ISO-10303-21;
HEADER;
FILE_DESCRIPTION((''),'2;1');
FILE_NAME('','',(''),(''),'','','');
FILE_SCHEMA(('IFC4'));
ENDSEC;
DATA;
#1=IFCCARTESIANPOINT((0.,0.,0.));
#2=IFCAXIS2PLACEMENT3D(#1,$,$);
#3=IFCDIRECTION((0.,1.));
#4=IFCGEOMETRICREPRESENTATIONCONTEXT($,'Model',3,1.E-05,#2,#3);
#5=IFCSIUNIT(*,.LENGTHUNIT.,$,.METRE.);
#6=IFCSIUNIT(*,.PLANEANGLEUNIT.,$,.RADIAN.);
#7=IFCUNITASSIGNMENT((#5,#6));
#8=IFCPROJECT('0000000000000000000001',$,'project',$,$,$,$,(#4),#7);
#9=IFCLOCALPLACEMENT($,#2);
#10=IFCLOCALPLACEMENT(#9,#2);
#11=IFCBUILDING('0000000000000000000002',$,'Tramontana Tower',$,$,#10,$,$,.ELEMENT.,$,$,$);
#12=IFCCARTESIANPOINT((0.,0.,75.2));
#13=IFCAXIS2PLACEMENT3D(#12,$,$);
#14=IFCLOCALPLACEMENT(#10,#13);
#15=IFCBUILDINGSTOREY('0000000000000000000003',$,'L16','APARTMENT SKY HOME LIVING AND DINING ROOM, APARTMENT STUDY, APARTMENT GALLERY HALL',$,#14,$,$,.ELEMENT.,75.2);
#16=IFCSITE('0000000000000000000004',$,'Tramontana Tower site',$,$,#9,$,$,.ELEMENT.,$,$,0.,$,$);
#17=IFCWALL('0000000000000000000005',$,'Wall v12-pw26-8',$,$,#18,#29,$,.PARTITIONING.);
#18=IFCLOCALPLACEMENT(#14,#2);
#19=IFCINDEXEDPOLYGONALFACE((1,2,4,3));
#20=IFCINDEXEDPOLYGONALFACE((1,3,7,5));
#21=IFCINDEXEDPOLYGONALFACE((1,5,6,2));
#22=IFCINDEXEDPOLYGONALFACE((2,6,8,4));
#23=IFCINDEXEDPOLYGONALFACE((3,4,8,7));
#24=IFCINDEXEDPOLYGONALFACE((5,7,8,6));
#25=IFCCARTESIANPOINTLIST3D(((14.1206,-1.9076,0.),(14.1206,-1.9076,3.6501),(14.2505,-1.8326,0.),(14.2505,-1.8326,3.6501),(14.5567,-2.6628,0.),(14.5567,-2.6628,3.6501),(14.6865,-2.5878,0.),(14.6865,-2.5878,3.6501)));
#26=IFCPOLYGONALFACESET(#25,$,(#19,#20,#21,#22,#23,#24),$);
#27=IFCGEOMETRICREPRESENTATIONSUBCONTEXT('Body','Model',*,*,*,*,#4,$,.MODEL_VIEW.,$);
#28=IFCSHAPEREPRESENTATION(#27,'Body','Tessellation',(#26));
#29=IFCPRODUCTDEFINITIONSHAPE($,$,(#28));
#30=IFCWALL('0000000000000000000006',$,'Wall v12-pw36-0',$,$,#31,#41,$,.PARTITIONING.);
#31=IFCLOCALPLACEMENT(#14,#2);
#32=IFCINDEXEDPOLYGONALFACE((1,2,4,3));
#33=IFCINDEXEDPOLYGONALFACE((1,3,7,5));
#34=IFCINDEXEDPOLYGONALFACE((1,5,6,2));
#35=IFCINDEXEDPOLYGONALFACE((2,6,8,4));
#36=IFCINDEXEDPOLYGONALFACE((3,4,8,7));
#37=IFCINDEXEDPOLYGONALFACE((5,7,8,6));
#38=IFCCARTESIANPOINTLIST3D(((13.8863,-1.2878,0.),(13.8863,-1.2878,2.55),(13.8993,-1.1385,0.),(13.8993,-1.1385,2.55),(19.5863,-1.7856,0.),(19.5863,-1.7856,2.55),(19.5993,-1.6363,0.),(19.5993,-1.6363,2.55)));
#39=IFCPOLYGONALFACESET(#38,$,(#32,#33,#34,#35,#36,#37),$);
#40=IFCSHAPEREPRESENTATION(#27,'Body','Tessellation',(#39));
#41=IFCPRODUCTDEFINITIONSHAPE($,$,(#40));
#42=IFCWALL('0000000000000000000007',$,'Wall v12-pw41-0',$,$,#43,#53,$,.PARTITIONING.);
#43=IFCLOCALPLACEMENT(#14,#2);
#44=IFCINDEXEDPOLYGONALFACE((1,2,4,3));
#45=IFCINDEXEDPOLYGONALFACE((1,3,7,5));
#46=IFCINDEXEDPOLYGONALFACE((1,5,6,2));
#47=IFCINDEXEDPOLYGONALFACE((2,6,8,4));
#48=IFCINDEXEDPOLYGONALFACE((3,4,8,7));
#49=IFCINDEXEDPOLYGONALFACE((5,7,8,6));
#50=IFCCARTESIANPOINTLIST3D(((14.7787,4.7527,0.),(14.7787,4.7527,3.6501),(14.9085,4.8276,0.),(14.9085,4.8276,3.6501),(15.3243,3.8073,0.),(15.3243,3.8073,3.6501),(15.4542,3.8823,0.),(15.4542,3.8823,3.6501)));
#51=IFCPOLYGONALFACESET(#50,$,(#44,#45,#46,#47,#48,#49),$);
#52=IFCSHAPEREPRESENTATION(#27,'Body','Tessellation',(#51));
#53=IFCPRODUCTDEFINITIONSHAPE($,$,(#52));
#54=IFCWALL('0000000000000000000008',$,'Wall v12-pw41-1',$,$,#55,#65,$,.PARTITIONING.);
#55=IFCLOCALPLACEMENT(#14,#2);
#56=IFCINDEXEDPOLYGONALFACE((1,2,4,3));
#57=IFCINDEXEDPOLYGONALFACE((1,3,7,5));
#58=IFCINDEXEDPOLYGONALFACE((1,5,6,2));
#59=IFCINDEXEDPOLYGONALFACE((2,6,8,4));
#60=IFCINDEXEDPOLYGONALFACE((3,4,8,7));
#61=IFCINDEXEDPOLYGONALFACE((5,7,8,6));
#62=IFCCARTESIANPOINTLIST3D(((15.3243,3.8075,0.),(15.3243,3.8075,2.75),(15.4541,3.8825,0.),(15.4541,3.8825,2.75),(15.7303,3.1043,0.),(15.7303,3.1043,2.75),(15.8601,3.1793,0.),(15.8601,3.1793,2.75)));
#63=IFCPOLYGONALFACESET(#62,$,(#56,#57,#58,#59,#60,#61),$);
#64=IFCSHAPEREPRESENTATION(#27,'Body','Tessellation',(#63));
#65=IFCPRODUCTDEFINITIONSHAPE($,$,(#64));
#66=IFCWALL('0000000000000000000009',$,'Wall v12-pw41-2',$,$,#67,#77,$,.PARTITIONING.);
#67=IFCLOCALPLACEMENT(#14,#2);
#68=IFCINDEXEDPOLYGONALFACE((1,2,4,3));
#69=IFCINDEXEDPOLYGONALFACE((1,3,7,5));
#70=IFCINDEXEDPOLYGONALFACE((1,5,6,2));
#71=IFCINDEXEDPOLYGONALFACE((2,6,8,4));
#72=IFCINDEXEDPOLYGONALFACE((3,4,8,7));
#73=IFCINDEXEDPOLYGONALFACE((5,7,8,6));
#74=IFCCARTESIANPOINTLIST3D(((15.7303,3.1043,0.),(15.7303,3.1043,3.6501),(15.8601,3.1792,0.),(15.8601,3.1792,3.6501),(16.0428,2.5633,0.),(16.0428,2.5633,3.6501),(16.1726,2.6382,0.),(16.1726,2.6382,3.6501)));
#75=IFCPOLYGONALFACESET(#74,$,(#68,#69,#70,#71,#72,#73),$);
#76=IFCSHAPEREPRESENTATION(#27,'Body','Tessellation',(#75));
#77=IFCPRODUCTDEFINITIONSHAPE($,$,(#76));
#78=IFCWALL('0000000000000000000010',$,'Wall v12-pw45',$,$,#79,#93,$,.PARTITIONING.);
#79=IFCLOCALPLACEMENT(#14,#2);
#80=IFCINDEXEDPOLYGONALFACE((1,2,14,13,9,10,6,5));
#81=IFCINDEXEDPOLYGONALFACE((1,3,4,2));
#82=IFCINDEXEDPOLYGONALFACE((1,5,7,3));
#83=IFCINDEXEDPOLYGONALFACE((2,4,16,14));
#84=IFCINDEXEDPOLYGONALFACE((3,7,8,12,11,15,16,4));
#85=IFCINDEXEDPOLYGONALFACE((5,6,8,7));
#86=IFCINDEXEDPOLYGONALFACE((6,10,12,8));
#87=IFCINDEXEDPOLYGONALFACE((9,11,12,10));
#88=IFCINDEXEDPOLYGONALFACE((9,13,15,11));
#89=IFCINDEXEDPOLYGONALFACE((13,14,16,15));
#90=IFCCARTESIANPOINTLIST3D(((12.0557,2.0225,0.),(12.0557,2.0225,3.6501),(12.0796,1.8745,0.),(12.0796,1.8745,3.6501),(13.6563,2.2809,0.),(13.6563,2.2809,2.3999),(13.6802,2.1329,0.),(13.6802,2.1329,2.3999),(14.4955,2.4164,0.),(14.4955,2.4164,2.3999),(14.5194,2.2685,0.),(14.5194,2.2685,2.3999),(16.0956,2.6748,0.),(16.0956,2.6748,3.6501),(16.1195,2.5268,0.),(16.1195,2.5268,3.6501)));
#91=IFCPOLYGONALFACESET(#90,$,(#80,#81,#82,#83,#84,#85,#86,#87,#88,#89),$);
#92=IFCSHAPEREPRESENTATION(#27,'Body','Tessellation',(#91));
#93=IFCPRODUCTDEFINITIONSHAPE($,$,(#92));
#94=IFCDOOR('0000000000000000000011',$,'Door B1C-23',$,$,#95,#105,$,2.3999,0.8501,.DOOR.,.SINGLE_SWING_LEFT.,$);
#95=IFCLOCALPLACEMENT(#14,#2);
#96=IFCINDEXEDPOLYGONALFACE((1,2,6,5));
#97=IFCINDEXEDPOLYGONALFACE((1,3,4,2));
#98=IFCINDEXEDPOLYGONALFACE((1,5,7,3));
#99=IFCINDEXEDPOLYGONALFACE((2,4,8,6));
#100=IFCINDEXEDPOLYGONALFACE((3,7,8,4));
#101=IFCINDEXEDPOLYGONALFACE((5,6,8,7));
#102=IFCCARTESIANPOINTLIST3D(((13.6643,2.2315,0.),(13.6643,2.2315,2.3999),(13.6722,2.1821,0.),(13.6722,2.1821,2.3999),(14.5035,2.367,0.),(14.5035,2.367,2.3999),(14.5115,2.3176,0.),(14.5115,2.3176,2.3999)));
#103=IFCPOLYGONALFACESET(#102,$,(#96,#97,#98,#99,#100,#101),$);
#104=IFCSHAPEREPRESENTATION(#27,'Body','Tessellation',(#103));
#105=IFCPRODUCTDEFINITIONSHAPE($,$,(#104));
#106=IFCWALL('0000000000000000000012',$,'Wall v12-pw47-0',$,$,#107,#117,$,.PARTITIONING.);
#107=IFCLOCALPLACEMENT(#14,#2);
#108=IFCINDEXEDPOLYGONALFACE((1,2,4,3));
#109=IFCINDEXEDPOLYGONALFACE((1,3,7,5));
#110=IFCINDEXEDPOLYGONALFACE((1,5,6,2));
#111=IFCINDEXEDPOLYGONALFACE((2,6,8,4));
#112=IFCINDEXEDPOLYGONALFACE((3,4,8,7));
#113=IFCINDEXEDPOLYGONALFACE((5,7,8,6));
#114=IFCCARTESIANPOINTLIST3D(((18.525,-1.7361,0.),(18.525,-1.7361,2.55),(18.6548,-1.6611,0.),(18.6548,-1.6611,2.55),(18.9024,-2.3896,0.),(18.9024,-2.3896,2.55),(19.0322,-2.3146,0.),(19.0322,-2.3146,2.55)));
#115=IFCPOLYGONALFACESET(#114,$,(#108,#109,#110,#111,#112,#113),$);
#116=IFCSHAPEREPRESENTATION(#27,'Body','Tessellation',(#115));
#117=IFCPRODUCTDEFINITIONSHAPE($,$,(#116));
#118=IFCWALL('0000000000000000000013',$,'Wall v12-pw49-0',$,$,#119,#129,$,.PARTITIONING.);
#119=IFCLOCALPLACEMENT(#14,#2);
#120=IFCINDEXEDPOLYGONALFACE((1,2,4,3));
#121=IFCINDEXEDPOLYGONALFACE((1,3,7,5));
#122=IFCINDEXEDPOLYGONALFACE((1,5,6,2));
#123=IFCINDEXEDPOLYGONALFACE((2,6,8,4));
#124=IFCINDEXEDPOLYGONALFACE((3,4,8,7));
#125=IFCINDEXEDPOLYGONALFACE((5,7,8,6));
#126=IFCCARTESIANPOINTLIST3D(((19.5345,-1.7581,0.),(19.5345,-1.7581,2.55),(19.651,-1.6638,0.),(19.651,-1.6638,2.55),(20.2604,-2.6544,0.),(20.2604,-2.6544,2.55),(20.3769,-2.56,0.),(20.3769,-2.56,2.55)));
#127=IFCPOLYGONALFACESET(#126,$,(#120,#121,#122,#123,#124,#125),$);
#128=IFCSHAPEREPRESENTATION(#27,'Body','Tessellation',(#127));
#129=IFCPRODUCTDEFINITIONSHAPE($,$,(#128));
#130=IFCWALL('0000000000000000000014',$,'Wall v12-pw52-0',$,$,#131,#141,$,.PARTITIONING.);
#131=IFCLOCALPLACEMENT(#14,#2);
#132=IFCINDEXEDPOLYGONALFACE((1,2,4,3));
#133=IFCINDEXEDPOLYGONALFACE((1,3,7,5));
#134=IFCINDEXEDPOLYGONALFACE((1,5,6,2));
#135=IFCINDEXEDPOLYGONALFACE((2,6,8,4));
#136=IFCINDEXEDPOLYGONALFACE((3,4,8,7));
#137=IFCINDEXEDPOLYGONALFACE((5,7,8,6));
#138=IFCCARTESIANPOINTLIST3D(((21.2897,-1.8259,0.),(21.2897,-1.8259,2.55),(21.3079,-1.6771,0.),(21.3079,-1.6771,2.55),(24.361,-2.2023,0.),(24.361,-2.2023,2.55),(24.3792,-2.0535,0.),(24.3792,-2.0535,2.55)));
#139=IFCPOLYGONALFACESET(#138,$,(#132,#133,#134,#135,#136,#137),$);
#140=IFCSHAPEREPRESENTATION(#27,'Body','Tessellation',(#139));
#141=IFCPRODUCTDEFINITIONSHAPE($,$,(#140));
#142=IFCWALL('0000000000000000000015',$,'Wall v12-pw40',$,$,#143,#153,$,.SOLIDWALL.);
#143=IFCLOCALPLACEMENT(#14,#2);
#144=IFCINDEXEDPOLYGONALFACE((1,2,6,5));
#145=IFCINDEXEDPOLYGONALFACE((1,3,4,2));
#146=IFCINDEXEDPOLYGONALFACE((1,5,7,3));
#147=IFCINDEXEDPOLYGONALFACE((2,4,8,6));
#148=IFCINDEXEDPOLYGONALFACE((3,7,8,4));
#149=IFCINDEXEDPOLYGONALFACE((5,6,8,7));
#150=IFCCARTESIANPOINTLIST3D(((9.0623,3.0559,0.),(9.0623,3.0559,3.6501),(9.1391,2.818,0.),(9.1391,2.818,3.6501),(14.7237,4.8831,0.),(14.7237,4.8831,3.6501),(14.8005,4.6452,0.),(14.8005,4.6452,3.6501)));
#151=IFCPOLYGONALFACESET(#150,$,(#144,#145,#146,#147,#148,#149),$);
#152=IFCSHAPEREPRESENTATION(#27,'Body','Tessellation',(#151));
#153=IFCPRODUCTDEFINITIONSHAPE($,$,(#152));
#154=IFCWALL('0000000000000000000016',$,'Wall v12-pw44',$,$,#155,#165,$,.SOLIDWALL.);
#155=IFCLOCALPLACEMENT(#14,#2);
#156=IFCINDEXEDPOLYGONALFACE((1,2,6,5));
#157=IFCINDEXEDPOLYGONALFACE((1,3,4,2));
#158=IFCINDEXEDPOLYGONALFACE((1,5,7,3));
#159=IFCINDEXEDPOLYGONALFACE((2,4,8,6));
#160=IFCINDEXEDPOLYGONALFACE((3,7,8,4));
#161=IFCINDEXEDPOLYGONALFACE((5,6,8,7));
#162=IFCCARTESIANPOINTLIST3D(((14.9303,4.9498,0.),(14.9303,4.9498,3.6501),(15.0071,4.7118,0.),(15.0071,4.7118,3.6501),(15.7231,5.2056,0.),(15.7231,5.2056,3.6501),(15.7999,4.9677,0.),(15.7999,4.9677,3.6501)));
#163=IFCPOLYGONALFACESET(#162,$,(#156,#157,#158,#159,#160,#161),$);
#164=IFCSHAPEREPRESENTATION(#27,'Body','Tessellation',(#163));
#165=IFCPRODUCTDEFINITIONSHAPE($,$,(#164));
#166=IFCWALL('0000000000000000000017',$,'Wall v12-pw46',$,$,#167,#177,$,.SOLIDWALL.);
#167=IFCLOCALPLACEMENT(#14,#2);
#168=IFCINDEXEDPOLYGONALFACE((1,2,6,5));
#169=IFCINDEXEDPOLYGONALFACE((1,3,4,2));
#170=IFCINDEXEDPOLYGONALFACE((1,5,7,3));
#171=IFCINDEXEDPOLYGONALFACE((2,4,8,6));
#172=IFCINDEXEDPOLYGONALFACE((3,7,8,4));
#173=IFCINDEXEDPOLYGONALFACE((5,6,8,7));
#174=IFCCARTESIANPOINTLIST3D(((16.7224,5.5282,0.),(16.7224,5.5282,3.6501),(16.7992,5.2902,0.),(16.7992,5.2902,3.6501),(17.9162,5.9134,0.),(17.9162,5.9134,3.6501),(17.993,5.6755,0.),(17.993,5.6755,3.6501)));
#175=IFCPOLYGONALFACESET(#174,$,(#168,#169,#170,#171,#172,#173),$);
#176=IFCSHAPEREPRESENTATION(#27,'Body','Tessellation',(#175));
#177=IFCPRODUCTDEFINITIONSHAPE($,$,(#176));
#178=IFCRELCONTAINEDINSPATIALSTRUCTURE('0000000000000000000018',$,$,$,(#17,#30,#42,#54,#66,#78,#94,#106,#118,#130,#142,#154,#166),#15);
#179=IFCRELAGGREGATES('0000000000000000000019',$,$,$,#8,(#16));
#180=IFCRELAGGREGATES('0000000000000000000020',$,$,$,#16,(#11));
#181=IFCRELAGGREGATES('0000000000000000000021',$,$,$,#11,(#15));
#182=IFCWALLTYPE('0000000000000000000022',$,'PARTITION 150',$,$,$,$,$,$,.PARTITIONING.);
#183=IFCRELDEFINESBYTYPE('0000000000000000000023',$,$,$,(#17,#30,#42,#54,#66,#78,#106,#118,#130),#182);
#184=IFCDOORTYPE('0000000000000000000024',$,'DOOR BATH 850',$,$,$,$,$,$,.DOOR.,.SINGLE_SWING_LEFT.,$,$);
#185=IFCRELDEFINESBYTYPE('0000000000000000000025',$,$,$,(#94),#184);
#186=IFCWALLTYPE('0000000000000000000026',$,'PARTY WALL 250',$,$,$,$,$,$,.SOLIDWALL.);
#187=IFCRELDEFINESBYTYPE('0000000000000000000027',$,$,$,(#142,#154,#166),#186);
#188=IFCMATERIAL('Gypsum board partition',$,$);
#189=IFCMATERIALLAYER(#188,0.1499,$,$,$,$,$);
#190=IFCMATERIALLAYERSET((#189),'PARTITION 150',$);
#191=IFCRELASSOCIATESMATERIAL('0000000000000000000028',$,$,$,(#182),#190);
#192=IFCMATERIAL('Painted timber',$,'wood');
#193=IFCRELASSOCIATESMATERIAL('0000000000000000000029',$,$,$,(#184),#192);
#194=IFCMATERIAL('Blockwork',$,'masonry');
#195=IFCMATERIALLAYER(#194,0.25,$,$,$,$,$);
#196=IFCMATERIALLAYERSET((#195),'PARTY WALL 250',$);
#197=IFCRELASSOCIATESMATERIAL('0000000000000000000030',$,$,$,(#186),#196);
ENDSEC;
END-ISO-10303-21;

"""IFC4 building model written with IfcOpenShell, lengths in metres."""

from ifc_helpers import new_model, si_unit, direction, frame, frame_2d, origin, place, context, subcontext, project, spatial, rectangle, extrude, material, layer, layer_set, type_object, element, fill, save


model = new_model("IFC4")

# Units and contexts
model_context = context("Model", 3, precision=1e-05, world=origin(), true_north=direction((0.0, 1.0)))
body_context = subcontext(model_context, "Body", "Model", "MODEL_VIEW")
ifc_project = project(units=[si_unit("LENGTHUNIT", "METRE"), si_unit("PLANEANGLEUNIT", "RADIAN")], contexts=[model_context])

# Site, building, storey
site_placement = place(None, origin())
site = spatial("IfcSite", under=ifc_project, at=site_placement, Name="Tramontana Tower site", CompositionType="ELEMENT", RefElevation=0.0)
building_placement = place(site_placement, origin())
building = spatial("IfcBuilding", under=site, at=building_placement, Name="Tramontana Tower", CompositionType="ELEMENT")
storey_placement = place(building_placement, frame((0.0, 0.0, 75.2)))
storey = spatial("IfcBuildingStorey", under=building, at=storey_placement, Name="L16", Description="APARTMENT SKY HOME LIVING AND DINING ROOM, APARTMENT STUDY, APARTMENT GALLERY HALL", CompositionType="ELEMENT", Elevation=75.2)

# Shared definitions
ifc_material_1 = material(Name="Gypsum board partition")
ifc_layer_1 = layer(ifc_material_1, 0.1499)
ifc_layer_set_1 = layer_set([ifc_layer_1], Name="PARTITION 150")
wall_type_1 = type_object("IfcWallType", Name="PARTITION 150", PredefinedType="PARTITIONING", material=ifc_layer_set_1)

# Walls
wall_1_placement = place(storey_placement, frame((14.1855, -1.8701, 0.0), z_axis=(0.0, 0.0, 1.0), x_axis=(0.500054, -0.865994, 0.0)))
element("IfcWall", 1, at=wall_1_placement, inside=storey, type_object=wall_type_1, Name="Wall v12-pw26-8", PredefinedType="PARTITIONING", context=body_context, shape_type="SweptSolid", body=[
    extrude(rectangle(XDim=0.8721, YDim=0.1499, at=frame_2d((0.436, 0.0))), origin(), (0.0, 0.0, 1.0), 3.6501),
])
wall_2_placement = place(storey_placement, frame((13.8928, -1.2131, 0.0), z_axis=(0.0, 0.0, 1.0), x_axis=(0.996208, -0.087003, 0.0)))
element("IfcWall", 2, at=wall_2_placement, inside=storey, type_object=wall_type_1, Name="Wall v12-pw36-0", PredefinedType="PARTITIONING", context=body_context, shape_type="SweptSolid", body=[
    extrude(rectangle(XDim=5.7217, YDim=0.1499, at=frame_2d((2.8608, 0.0))), origin(), (0.0, 0.0, 1.0), 2.55),
])
wall_3_placement = place(storey_placement, frame((14.8435, 4.7903, 0.0), z_axis=(0.0, 0.0, 1.0), x_axis=(0.499916, -0.866074, 0.0)))
element("IfcWall", 3, at=wall_3_placement, inside=storey, type_object=wall_type_1, Name="Wall v12-pw41-0", PredefinedType="PARTITIONING", context=body_context, shape_type="SweptSolid", body=[
    extrude(rectangle(XDim=1.0916, YDim=0.1499, at=frame_2d((0.5459, 0.0))), origin(), (0.0, 0.0, 1.0), 3.6501),
])
wall_4_placement = place(storey_placement, frame((15.3892, 3.845, 0.0), z_axis=(0.0, 0.0, 1.0), x_axis=(0.500052, -0.865995, 0.0)))
element("IfcWall", 4, at=wall_4_placement, inside=storey, type_object=wall_type_1, Name="Wall v12-pw41-1", PredefinedType="PARTITIONING", context=body_context, shape_type="SweptSolid", body=[
    extrude(rectangle(XDim=0.812, YDim=0.1499, at=frame_2d((0.406, 0.0))), origin(), (0.0, 0.0, 1.0), 2.75),
])
wall_5_placement = place(storey_placement, frame((15.7952, 3.1418, 0.0), z_axis=(0.0, 0.0, 1.0), x_axis=(0.500173, -0.865925, 0.0)))
element("IfcWall", 5, at=wall_5_placement, inside=storey, type_object=wall_type_1, Name="Wall v12-pw41-2", PredefinedType="PARTITIONING", context=body_context, shape_type="SweptSolid", body=[
    extrude(rectangle(XDim=0.6248, YDim=0.1499, at=frame_2d((0.3125, 0.0))), origin(), (0.0, 0.0, 1.0), 3.6501),
])

# Wall, opening, door
wall_6_placement = place(storey_placement, frame((12.0676, 1.9485, 0.0), z_axis=(0.0, 0.0, 1.0), x_axis=(0.987213, 0.159405, 0.0)))
wall_6 = element("IfcWall", 6, at=wall_6_placement, inside=storey, type_object=wall_type_1, Name="Wall v12-pw45", PredefinedType="PARTITIONING", context=body_context, shape_type="SweptSolid", body=[
    extrude(rectangle(XDim=4.0923, YDim=0.1499, at=frame_2d((2.0461, 0.0))), origin(), (0.0, 0.0, 1.0), 3.6501),
])
opening_1_placement = place(wall_6_placement, frame((1.6213, 0.0, 0.0)))
opening_1 = element("IfcOpeningElement", 7, at=opening_1_placement, cuts=wall_6, PredefinedType="OPENING", context=body_context, shape_type="SweptSolid", body=[
    extrude(rectangle(XDim=0.8501, YDim=2.3999, at=frame_2d((0.425, 1.2))), frame((0.0, 0.085, 0.0), z_axis=(0.0, -1.0, 0.0), x_axis=(1.0, 0.0, 0.0)), (0.0, 0.0, 1.0), 0.1699),
])
ifc_material_2 = material(Name="Painted timber", Category="wood")
door_type_1 = type_object("IfcDoorType", Name="DOOR BATH 850", OperationType="SINGLE_SWING_LEFT", PredefinedType="DOOR", material=ifc_material_2)
door_1_placement = place(opening_1_placement, origin())
door_1 = element("IfcDoor", 8, at=door_1_placement, inside=storey, type_object=door_type_1, Name="Door B1C-23", OperationType="SINGLE_SWING_LEFT", OverallHeight=2.3999, OverallWidth=0.8501, PredefinedType="DOOR", context=body_context, shape_type="SweptSolid", body=[
    extrude(rectangle(XDim=0.8501, YDim=2.3999, at=frame_2d((0.425, 1.2))), frame((0.0, 0.0249, 0.0), z_axis=(0.0, -1.0, 0.0), x_axis=(1.0, 0.0, 0.0)), (0.0, 0.0, 1.0), 0.05),
])
fill(opening_1, door_1)

# Walls
wall_7_placement = place(storey_placement, frame((18.5898, -1.6985, 0.0), z_axis=(0.0, 0.0, 1.0), x_axis=(0.500105, -0.865965, 0.0)))
element("IfcWall", 9, at=wall_7_placement, inside=storey, type_object=wall_type_1, Name="Wall v12-pw47-0", PredefinedType="PARTITIONING", context=body_context, shape_type="SweptSolid", body=[
    extrude(rectangle(XDim=0.7546, YDim=0.1499, at=frame_2d((0.3774, 0.0))), origin(), (0.0, 0.0, 1.0), 2.55),
])
wall_8_placement = place(storey_placement, frame((19.5928, -1.7109, 0.0), z_axis=(0.0, 0.0, 1.0), x_axis=(0.629357, -0.777117, 0.0)))
element("IfcWall", 10, at=wall_8_placement, inside=storey, type_object=wall_type_1, Name="Wall v12-pw49-0", PredefinedType="PARTITIONING", context=body_context, shape_type="SweptSolid", body=[
    extrude(rectangle(XDim=1.1533, YDim=0.1499, at=frame_2d((0.5767, 0.0))), origin(), (0.0, 0.0, 1.0), 2.55),
])
wall_9_placement = place(storey_placement, frame((21.2988, -1.7515, 0.0), z_axis=(0.0, 0.0, 1.0), x_axis=(0.992571, -0.121665, 0.0)))
element("IfcWall", 11, at=wall_9_placement, inside=storey, type_object=wall_type_1, Name="Wall v12-pw52-0", PredefinedType="PARTITIONING", context=body_context, shape_type="SweptSolid", body=[
    extrude(rectangle(XDim=3.0942, YDim=0.1499, at=frame_2d((1.5471, 0.0))), origin(), (0.0, 0.0, 1.0), 2.55),
])
ifc_material_3 = material(Name="Blockwork", Category="masonry")
ifc_layer_2 = layer(ifc_material_3, 0.25)
ifc_layer_set_2 = layer_set([ifc_layer_2], Name="PARTY WALL 250")
wall_type_2 = type_object("IfcWallType", Name="PARTY WALL 250", PredefinedType="SOLIDWALL", material=ifc_layer_set_2)
wall_10_placement = place(storey_placement, frame((14.7622, 4.7642, 0.0), z_axis=(0.0, 0.0, 1.0), x_axis=(-0.951665, -0.307139, 0.0)))
element("IfcWall", 12, at=wall_10_placement, inside=storey, type_object=wall_type_2, Name="Wall v12-pw40", PredefinedType="SOLIDWALL", context=body_context, shape_type="SweptSolid", body=[
    extrude(rectangle(XDim=5.949, YDim=0.25, at=frame_2d((2.9746, 0.0))), origin(), (0.0, 0.0, 1.0), 3.6501),
])
wall_11_placement = place(storey_placement, frame((15.7615, 5.0867, 0.0), z_axis=(0.0, 0.0, 1.0), x_axis=(-0.951659, -0.307157, 0.0)))
element("IfcWall", 13, at=wall_11_placement, inside=storey, type_object=wall_type_2, Name="Wall v12-pw44", PredefinedType="SOLIDWALL", context=body_context, shape_type="SweptSolid", body=[
    extrude(rectangle(XDim=0.833, YDim=0.25, at=frame_2d((0.4165, 0.0))), origin(), (0.0, 0.0, 1.0), 3.6501),
])
wall_12_placement = place(storey_placement, frame((17.9546, 5.7944, 0.0), z_axis=(0.0, 0.0, 1.0), x_axis=(-0.951676, -0.307105, 0.0)))
element("IfcWall", 14, at=wall_12_placement, inside=storey, type_object=wall_type_2, Name="Wall v12-pw46", PredefinedType="SOLIDWALL", context=body_context, shape_type="SweptSolid", body=[
    extrude(rectangle(XDim=1.2544, YDim=0.25, at=frame_2d((0.6272, 0.0))), origin(), (0.0, 0.0, 1.0), 3.6501),
])

save(model, "model.ifc")
